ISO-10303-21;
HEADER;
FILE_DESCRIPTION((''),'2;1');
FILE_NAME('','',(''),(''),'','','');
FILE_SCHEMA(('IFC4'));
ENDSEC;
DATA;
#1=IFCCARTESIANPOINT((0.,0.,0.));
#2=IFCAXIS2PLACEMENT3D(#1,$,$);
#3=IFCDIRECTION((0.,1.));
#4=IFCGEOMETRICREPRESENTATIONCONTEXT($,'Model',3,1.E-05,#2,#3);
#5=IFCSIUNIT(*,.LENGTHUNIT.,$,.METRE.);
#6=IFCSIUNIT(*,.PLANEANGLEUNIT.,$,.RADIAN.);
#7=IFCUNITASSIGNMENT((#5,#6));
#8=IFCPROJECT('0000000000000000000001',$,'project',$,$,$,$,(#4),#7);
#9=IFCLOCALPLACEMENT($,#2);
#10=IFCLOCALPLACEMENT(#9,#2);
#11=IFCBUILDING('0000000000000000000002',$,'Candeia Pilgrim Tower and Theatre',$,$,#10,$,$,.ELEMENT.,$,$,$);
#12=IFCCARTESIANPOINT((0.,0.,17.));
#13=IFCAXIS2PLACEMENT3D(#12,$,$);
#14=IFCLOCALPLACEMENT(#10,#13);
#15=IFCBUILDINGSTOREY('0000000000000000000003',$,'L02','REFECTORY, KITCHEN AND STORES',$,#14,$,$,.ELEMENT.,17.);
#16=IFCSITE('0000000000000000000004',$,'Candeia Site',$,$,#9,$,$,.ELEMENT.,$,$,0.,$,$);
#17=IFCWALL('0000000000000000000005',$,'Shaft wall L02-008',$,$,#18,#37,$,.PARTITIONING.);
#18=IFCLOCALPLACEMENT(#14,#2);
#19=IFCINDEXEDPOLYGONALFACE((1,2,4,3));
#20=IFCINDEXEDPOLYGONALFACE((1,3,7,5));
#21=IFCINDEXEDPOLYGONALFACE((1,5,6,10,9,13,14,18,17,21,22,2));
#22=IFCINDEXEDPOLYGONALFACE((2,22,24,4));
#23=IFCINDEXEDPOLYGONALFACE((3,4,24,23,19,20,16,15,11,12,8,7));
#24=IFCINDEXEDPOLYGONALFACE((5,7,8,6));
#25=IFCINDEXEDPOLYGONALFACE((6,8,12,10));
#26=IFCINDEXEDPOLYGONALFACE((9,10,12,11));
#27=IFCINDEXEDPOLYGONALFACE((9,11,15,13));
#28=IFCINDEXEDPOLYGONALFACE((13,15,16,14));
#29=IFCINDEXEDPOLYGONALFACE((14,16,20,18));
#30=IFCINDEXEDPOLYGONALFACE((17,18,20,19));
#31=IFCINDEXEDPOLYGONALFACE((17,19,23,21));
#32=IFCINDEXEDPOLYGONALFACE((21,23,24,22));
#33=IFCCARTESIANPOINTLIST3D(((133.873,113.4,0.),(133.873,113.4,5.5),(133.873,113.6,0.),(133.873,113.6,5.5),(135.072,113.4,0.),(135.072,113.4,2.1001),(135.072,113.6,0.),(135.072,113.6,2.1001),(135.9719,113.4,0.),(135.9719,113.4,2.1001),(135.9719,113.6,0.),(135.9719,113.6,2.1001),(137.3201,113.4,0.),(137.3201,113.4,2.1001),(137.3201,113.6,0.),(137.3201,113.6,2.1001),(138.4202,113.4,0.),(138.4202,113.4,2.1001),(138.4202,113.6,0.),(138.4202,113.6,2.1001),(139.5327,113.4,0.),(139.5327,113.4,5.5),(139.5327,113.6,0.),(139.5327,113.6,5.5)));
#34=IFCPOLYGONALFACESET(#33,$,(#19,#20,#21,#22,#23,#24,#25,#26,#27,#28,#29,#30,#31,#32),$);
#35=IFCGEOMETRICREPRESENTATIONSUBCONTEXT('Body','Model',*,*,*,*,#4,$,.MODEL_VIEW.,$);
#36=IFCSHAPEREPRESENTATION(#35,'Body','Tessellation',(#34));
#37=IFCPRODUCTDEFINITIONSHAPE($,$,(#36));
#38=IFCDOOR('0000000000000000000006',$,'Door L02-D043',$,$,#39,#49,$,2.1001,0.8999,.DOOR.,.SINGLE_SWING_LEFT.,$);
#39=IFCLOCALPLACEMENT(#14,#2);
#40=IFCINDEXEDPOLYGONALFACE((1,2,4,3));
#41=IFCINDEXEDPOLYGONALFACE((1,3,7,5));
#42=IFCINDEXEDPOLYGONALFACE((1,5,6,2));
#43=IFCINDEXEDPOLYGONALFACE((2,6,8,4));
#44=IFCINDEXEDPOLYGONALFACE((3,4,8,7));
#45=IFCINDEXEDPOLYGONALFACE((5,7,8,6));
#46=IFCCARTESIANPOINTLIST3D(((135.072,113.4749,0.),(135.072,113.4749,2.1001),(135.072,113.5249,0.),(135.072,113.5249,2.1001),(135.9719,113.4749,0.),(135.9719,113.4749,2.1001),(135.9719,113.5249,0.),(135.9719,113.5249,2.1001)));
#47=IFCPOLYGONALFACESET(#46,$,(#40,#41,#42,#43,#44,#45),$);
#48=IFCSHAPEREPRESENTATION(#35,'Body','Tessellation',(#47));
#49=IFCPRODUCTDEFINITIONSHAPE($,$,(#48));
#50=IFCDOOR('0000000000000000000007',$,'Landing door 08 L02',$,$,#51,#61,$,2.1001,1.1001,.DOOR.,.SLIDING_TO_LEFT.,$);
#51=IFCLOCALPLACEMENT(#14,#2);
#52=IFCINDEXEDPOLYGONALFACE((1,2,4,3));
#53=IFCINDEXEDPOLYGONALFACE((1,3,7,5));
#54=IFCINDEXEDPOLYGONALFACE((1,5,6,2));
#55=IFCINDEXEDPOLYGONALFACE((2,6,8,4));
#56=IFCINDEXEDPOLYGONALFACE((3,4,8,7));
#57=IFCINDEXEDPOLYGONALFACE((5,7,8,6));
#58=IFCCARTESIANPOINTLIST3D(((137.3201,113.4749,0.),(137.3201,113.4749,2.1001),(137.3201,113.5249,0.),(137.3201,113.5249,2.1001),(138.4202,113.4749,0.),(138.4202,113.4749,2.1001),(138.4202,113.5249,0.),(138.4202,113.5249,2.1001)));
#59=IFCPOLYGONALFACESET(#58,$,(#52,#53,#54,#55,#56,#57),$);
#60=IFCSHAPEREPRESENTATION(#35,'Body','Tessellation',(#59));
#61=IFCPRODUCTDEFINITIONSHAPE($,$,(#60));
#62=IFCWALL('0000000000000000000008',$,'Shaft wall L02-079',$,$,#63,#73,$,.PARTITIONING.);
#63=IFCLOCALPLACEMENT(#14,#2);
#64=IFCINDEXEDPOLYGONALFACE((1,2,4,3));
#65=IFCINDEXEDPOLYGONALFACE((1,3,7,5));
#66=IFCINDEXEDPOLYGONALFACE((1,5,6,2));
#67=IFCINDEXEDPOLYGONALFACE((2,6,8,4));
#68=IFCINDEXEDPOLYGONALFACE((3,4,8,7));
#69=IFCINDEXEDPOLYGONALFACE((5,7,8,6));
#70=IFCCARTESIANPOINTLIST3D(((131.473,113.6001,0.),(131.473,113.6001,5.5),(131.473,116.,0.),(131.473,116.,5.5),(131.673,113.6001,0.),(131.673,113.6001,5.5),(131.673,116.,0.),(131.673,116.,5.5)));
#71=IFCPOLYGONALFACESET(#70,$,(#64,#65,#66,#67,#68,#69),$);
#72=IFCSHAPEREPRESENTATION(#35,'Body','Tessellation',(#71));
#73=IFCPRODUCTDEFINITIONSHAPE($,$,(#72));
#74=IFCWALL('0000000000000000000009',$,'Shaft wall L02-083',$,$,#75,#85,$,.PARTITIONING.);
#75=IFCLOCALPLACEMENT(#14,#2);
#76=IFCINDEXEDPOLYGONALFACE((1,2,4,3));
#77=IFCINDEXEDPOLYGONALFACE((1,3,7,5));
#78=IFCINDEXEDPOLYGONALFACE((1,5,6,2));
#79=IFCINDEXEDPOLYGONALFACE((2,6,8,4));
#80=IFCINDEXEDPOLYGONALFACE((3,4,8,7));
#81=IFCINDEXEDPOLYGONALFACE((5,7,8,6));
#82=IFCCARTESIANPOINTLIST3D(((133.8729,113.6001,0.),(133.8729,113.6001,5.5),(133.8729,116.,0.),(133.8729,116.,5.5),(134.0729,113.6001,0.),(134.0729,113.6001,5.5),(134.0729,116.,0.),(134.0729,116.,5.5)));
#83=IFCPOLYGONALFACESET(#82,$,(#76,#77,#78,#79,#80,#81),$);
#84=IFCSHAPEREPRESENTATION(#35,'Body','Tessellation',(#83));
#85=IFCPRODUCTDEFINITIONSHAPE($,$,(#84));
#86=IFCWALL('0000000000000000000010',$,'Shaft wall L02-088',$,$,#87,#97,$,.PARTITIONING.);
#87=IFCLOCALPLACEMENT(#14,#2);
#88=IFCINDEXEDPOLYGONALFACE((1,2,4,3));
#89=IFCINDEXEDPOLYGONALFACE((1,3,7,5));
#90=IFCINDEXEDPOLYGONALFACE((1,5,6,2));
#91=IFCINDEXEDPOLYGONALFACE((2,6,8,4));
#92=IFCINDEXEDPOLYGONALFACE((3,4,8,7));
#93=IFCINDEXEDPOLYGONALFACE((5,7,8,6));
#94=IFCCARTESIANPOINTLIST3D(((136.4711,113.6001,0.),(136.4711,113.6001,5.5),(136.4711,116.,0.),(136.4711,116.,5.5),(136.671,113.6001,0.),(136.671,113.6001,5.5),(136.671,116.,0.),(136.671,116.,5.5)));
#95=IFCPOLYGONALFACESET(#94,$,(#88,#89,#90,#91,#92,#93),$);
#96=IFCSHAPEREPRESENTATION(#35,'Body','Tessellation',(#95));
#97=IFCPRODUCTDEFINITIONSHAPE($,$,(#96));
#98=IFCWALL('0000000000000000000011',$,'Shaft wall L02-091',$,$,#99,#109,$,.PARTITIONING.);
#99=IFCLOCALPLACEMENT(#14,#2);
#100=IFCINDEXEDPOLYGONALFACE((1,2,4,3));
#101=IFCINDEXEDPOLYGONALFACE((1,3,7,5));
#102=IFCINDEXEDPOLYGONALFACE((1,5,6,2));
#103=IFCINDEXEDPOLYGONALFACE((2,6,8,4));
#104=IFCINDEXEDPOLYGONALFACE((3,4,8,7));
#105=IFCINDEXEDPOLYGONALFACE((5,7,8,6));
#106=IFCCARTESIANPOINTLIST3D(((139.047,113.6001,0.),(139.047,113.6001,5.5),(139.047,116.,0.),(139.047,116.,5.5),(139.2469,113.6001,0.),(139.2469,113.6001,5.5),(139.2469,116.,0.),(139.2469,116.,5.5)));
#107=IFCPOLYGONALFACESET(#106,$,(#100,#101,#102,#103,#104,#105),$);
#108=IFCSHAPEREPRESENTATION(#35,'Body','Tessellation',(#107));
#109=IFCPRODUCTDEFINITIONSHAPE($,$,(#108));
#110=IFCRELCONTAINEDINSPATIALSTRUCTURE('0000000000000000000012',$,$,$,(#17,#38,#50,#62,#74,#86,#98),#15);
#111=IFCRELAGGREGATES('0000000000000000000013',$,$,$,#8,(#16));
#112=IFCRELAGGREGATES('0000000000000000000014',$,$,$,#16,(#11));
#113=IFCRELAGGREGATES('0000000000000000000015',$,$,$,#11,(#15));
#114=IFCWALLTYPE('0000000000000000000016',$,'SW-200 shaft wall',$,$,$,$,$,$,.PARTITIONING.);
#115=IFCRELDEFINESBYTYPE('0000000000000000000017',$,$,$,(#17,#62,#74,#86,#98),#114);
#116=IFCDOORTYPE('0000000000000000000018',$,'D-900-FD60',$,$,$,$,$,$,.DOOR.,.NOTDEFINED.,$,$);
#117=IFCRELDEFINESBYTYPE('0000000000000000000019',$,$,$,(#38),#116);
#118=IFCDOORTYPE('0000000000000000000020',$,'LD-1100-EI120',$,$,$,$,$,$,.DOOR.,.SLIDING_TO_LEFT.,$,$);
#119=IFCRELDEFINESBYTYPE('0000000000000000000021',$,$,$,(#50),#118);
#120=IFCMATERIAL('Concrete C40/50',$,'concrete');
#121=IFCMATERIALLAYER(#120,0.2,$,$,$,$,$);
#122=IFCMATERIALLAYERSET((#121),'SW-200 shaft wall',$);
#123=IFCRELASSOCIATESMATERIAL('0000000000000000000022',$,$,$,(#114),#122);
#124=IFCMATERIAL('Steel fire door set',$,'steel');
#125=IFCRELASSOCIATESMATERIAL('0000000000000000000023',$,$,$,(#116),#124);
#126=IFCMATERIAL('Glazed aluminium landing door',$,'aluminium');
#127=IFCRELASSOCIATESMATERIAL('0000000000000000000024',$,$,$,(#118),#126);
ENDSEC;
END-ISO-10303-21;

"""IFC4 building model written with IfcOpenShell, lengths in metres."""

from ifc_helpers import new_model, si_unit, direction, frame, frame_2d, origin, place, context, subcontext, project, spatial, rectangle, extrude, material, layer, layer_set, type_object, element, fill, save


model = new_model("IFC4")

# Units and contexts
model_context = context("Model", 3, precision=1e-05, world=origin(), true_north=direction((0.0, 1.0)))
body_context = subcontext(model_context, "Body", "Model", "MODEL_VIEW")
ifc_project = project(units=[si_unit("LENGTHUNIT", "METRE"), si_unit("PLANEANGLEUNIT", "RADIAN")], contexts=[model_context])

# Site, building, storey
site_placement = place(None, origin())
site = spatial("IfcSite", under=ifc_project, at=site_placement, Name="Candeia Site", CompositionType="ELEMENT", RefElevation=0.0)
building_placement = place(site_placement, origin())
building = spatial("IfcBuilding", under=site, at=building_placement, Name="Candeia Pilgrim Tower and Theatre", CompositionType="ELEMENT")
storey_placement = place(building_placement, frame((0.0, 0.0, 17.0)))
storey = spatial("IfcBuildingStorey", under=building, at=storey_placement, Name="L02", Description="REFECTORY, KITCHEN AND STORES", CompositionType="ELEMENT", Elevation=17.0)

# Shared definitions
ifc_material_1 = material(Name="Steel fire door set", Category="steel")

# Shared definitions
ifc_material_2 = material(Name="Concrete C40/50", Category="concrete")
ifc_layer_1 = layer(ifc_material_2, 0.2)
ifc_layer_set_1 = layer_set([ifc_layer_1], Name="SW-200 shaft wall")
wall_type_1 = type_object("IfcWallType", Name="SW-200 shaft wall", PredefinedType="PARTITIONING", material=ifc_layer_set_1)
door_type_1 = type_object("IfcDoorType", Name="D-900-FD60", OperationType="NOTDEFINED", PredefinedType="DOOR", material=ifc_material_1)

# Wall, openings, doors
wall_1_placement = place(storey_placement, frame((133.873, 113.5, 0.0), z_axis=(0.0, 0.0, 1.0), x_axis=(1.0, 0.0, 0.0)))
wall_1 = element("IfcWall", 1, at=wall_1_placement, inside=storey, type_object=wall_type_1, Name="Shaft wall L02-008", PredefinedType="PARTITIONING", context=body_context, shape_type="SweptSolid", body=[
    extrude(rectangle(XDim=5.6597, YDim=0.2, at=frame_2d((2.8298, 0.0))), origin(), (0.0, 0.0, 1.0), 5.5),
])
opening_1_placement = place(wall_1_placement, frame((3.447, 0.0, 0.0)))
opening_1 = element("IfcOpeningElement", 2, at=opening_1_placement, cuts=wall_1, PredefinedType="OPENING", context=body_context, shape_type="SweptSolid", body=[
    extrude(rectangle(XDim=1.1001, YDim=2.1001, at=frame_2d((0.55, 1.05))), frame((0.0, 0.1099, 0.0), z_axis=(0.0, -1.0, 0.0), x_axis=(1.0, 0.0, 0.0)), (0.0, 0.0, 1.0), 0.22),
])
opening_2_placement = place(wall_1_placement, frame((1.199, 0.0, 0.0)))
opening_2 = element("IfcOpeningElement", 3, at=opening_2_placement, cuts=wall_1, PredefinedType="OPENING", context=body_context, shape_type="SweptSolid", body=[
    extrude(rectangle(XDim=0.8999, YDim=2.1001, at=frame_2d((0.45, 1.05))), frame((0.0, 0.1099, 0.0), z_axis=(0.0, -1.0, 0.0), x_axis=(1.0, 0.0, 0.0)), (0.0, 0.0, 1.0), 0.22),
])
door_1_placement = place(opening_2_placement, origin())
door_1 = element("IfcDoor", 4, at=door_1_placement, inside=storey, type_object=door_type_1, Name="Door L02-D043", OperationType="SINGLE_SWING_LEFT", OverallHeight=2.1001, OverallWidth=0.8999, PredefinedType="DOOR", context=body_context, shape_type="SweptSolid", body=[
    extrude(rectangle(XDim=0.8999, YDim=2.1001, at=frame_2d((0.45, 1.05))), frame((0.0, 0.0249, 0.0), z_axis=(0.0, -1.0, 0.0), x_axis=(1.0, 0.0, 0.0)), (0.0, 0.0, 1.0), 0.05),
])
fill(opening_2, door_1)
ifc_material_3 = material(Name="Glazed aluminium landing door", Category="aluminium")
door_type_2 = type_object("IfcDoorType", Name="LD-1100-EI120", OperationType="SLIDING_TO_LEFT", PredefinedType="DOOR", material=ifc_material_3)
door_2_placement = place(opening_1_placement, origin())
door_2 = element("IfcDoor", 5, at=door_2_placement, inside=storey, type_object=door_type_2, Name="Landing door 08 L02", OperationType="SLIDING_TO_LEFT", OverallHeight=2.1001, OverallWidth=1.1001, PredefinedType="DOOR", context=body_context, shape_type="SweptSolid", body=[
    extrude(rectangle(XDim=1.1001, YDim=2.1001, at=frame_2d((0.55, 1.05))), frame((0.0, 0.0249, 0.0), z_axis=(0.0, -1.0, 0.0), x_axis=(1.0, 0.0, 0.0)), (0.0, 0.0, 1.0), 0.05),
])
fill(opening_1, door_2)

# Walls
for number, where, z_axis, x_axis, name in (
    (6, (131.573, 113.6001, 0.0), (0.0, 0.0, 1.0), (0.0, 1.0, 0.0), "Shaft wall L02-079"),
    (7, (133.9729, 113.6001, 0.0), (0.0, 0.0, 1.0), (0.0, 1.0, 0.0), "Shaft wall L02-083"),
    (8, (136.571, 113.6001, 0.0), (0.0, 0.0, 1.0), (0.0, 1.0, 0.0), "Shaft wall L02-088"),
    (9, (139.147, 113.6001, 0.0), (0.0, 0.0, 1.0), (0.0, 1.0, 0.0), "Shaft wall L02-091"),
):
    element("IfcWall", number, at=place(storey_placement, frame(where, z_axis=z_axis, x_axis=x_axis)), inside=storey, type_object=wall_type_1, Name=name, PredefinedType="PARTITIONING", context=body_context, shape_type="SweptSolid", body=[
        extrude(rectangle(XDim=2.3999, YDim=0.2, at=frame_2d((1.2, 0.0))), origin(), (0.0, 0.0, 1.0), 5.5),
    ])

save(model, "model.ifc")
